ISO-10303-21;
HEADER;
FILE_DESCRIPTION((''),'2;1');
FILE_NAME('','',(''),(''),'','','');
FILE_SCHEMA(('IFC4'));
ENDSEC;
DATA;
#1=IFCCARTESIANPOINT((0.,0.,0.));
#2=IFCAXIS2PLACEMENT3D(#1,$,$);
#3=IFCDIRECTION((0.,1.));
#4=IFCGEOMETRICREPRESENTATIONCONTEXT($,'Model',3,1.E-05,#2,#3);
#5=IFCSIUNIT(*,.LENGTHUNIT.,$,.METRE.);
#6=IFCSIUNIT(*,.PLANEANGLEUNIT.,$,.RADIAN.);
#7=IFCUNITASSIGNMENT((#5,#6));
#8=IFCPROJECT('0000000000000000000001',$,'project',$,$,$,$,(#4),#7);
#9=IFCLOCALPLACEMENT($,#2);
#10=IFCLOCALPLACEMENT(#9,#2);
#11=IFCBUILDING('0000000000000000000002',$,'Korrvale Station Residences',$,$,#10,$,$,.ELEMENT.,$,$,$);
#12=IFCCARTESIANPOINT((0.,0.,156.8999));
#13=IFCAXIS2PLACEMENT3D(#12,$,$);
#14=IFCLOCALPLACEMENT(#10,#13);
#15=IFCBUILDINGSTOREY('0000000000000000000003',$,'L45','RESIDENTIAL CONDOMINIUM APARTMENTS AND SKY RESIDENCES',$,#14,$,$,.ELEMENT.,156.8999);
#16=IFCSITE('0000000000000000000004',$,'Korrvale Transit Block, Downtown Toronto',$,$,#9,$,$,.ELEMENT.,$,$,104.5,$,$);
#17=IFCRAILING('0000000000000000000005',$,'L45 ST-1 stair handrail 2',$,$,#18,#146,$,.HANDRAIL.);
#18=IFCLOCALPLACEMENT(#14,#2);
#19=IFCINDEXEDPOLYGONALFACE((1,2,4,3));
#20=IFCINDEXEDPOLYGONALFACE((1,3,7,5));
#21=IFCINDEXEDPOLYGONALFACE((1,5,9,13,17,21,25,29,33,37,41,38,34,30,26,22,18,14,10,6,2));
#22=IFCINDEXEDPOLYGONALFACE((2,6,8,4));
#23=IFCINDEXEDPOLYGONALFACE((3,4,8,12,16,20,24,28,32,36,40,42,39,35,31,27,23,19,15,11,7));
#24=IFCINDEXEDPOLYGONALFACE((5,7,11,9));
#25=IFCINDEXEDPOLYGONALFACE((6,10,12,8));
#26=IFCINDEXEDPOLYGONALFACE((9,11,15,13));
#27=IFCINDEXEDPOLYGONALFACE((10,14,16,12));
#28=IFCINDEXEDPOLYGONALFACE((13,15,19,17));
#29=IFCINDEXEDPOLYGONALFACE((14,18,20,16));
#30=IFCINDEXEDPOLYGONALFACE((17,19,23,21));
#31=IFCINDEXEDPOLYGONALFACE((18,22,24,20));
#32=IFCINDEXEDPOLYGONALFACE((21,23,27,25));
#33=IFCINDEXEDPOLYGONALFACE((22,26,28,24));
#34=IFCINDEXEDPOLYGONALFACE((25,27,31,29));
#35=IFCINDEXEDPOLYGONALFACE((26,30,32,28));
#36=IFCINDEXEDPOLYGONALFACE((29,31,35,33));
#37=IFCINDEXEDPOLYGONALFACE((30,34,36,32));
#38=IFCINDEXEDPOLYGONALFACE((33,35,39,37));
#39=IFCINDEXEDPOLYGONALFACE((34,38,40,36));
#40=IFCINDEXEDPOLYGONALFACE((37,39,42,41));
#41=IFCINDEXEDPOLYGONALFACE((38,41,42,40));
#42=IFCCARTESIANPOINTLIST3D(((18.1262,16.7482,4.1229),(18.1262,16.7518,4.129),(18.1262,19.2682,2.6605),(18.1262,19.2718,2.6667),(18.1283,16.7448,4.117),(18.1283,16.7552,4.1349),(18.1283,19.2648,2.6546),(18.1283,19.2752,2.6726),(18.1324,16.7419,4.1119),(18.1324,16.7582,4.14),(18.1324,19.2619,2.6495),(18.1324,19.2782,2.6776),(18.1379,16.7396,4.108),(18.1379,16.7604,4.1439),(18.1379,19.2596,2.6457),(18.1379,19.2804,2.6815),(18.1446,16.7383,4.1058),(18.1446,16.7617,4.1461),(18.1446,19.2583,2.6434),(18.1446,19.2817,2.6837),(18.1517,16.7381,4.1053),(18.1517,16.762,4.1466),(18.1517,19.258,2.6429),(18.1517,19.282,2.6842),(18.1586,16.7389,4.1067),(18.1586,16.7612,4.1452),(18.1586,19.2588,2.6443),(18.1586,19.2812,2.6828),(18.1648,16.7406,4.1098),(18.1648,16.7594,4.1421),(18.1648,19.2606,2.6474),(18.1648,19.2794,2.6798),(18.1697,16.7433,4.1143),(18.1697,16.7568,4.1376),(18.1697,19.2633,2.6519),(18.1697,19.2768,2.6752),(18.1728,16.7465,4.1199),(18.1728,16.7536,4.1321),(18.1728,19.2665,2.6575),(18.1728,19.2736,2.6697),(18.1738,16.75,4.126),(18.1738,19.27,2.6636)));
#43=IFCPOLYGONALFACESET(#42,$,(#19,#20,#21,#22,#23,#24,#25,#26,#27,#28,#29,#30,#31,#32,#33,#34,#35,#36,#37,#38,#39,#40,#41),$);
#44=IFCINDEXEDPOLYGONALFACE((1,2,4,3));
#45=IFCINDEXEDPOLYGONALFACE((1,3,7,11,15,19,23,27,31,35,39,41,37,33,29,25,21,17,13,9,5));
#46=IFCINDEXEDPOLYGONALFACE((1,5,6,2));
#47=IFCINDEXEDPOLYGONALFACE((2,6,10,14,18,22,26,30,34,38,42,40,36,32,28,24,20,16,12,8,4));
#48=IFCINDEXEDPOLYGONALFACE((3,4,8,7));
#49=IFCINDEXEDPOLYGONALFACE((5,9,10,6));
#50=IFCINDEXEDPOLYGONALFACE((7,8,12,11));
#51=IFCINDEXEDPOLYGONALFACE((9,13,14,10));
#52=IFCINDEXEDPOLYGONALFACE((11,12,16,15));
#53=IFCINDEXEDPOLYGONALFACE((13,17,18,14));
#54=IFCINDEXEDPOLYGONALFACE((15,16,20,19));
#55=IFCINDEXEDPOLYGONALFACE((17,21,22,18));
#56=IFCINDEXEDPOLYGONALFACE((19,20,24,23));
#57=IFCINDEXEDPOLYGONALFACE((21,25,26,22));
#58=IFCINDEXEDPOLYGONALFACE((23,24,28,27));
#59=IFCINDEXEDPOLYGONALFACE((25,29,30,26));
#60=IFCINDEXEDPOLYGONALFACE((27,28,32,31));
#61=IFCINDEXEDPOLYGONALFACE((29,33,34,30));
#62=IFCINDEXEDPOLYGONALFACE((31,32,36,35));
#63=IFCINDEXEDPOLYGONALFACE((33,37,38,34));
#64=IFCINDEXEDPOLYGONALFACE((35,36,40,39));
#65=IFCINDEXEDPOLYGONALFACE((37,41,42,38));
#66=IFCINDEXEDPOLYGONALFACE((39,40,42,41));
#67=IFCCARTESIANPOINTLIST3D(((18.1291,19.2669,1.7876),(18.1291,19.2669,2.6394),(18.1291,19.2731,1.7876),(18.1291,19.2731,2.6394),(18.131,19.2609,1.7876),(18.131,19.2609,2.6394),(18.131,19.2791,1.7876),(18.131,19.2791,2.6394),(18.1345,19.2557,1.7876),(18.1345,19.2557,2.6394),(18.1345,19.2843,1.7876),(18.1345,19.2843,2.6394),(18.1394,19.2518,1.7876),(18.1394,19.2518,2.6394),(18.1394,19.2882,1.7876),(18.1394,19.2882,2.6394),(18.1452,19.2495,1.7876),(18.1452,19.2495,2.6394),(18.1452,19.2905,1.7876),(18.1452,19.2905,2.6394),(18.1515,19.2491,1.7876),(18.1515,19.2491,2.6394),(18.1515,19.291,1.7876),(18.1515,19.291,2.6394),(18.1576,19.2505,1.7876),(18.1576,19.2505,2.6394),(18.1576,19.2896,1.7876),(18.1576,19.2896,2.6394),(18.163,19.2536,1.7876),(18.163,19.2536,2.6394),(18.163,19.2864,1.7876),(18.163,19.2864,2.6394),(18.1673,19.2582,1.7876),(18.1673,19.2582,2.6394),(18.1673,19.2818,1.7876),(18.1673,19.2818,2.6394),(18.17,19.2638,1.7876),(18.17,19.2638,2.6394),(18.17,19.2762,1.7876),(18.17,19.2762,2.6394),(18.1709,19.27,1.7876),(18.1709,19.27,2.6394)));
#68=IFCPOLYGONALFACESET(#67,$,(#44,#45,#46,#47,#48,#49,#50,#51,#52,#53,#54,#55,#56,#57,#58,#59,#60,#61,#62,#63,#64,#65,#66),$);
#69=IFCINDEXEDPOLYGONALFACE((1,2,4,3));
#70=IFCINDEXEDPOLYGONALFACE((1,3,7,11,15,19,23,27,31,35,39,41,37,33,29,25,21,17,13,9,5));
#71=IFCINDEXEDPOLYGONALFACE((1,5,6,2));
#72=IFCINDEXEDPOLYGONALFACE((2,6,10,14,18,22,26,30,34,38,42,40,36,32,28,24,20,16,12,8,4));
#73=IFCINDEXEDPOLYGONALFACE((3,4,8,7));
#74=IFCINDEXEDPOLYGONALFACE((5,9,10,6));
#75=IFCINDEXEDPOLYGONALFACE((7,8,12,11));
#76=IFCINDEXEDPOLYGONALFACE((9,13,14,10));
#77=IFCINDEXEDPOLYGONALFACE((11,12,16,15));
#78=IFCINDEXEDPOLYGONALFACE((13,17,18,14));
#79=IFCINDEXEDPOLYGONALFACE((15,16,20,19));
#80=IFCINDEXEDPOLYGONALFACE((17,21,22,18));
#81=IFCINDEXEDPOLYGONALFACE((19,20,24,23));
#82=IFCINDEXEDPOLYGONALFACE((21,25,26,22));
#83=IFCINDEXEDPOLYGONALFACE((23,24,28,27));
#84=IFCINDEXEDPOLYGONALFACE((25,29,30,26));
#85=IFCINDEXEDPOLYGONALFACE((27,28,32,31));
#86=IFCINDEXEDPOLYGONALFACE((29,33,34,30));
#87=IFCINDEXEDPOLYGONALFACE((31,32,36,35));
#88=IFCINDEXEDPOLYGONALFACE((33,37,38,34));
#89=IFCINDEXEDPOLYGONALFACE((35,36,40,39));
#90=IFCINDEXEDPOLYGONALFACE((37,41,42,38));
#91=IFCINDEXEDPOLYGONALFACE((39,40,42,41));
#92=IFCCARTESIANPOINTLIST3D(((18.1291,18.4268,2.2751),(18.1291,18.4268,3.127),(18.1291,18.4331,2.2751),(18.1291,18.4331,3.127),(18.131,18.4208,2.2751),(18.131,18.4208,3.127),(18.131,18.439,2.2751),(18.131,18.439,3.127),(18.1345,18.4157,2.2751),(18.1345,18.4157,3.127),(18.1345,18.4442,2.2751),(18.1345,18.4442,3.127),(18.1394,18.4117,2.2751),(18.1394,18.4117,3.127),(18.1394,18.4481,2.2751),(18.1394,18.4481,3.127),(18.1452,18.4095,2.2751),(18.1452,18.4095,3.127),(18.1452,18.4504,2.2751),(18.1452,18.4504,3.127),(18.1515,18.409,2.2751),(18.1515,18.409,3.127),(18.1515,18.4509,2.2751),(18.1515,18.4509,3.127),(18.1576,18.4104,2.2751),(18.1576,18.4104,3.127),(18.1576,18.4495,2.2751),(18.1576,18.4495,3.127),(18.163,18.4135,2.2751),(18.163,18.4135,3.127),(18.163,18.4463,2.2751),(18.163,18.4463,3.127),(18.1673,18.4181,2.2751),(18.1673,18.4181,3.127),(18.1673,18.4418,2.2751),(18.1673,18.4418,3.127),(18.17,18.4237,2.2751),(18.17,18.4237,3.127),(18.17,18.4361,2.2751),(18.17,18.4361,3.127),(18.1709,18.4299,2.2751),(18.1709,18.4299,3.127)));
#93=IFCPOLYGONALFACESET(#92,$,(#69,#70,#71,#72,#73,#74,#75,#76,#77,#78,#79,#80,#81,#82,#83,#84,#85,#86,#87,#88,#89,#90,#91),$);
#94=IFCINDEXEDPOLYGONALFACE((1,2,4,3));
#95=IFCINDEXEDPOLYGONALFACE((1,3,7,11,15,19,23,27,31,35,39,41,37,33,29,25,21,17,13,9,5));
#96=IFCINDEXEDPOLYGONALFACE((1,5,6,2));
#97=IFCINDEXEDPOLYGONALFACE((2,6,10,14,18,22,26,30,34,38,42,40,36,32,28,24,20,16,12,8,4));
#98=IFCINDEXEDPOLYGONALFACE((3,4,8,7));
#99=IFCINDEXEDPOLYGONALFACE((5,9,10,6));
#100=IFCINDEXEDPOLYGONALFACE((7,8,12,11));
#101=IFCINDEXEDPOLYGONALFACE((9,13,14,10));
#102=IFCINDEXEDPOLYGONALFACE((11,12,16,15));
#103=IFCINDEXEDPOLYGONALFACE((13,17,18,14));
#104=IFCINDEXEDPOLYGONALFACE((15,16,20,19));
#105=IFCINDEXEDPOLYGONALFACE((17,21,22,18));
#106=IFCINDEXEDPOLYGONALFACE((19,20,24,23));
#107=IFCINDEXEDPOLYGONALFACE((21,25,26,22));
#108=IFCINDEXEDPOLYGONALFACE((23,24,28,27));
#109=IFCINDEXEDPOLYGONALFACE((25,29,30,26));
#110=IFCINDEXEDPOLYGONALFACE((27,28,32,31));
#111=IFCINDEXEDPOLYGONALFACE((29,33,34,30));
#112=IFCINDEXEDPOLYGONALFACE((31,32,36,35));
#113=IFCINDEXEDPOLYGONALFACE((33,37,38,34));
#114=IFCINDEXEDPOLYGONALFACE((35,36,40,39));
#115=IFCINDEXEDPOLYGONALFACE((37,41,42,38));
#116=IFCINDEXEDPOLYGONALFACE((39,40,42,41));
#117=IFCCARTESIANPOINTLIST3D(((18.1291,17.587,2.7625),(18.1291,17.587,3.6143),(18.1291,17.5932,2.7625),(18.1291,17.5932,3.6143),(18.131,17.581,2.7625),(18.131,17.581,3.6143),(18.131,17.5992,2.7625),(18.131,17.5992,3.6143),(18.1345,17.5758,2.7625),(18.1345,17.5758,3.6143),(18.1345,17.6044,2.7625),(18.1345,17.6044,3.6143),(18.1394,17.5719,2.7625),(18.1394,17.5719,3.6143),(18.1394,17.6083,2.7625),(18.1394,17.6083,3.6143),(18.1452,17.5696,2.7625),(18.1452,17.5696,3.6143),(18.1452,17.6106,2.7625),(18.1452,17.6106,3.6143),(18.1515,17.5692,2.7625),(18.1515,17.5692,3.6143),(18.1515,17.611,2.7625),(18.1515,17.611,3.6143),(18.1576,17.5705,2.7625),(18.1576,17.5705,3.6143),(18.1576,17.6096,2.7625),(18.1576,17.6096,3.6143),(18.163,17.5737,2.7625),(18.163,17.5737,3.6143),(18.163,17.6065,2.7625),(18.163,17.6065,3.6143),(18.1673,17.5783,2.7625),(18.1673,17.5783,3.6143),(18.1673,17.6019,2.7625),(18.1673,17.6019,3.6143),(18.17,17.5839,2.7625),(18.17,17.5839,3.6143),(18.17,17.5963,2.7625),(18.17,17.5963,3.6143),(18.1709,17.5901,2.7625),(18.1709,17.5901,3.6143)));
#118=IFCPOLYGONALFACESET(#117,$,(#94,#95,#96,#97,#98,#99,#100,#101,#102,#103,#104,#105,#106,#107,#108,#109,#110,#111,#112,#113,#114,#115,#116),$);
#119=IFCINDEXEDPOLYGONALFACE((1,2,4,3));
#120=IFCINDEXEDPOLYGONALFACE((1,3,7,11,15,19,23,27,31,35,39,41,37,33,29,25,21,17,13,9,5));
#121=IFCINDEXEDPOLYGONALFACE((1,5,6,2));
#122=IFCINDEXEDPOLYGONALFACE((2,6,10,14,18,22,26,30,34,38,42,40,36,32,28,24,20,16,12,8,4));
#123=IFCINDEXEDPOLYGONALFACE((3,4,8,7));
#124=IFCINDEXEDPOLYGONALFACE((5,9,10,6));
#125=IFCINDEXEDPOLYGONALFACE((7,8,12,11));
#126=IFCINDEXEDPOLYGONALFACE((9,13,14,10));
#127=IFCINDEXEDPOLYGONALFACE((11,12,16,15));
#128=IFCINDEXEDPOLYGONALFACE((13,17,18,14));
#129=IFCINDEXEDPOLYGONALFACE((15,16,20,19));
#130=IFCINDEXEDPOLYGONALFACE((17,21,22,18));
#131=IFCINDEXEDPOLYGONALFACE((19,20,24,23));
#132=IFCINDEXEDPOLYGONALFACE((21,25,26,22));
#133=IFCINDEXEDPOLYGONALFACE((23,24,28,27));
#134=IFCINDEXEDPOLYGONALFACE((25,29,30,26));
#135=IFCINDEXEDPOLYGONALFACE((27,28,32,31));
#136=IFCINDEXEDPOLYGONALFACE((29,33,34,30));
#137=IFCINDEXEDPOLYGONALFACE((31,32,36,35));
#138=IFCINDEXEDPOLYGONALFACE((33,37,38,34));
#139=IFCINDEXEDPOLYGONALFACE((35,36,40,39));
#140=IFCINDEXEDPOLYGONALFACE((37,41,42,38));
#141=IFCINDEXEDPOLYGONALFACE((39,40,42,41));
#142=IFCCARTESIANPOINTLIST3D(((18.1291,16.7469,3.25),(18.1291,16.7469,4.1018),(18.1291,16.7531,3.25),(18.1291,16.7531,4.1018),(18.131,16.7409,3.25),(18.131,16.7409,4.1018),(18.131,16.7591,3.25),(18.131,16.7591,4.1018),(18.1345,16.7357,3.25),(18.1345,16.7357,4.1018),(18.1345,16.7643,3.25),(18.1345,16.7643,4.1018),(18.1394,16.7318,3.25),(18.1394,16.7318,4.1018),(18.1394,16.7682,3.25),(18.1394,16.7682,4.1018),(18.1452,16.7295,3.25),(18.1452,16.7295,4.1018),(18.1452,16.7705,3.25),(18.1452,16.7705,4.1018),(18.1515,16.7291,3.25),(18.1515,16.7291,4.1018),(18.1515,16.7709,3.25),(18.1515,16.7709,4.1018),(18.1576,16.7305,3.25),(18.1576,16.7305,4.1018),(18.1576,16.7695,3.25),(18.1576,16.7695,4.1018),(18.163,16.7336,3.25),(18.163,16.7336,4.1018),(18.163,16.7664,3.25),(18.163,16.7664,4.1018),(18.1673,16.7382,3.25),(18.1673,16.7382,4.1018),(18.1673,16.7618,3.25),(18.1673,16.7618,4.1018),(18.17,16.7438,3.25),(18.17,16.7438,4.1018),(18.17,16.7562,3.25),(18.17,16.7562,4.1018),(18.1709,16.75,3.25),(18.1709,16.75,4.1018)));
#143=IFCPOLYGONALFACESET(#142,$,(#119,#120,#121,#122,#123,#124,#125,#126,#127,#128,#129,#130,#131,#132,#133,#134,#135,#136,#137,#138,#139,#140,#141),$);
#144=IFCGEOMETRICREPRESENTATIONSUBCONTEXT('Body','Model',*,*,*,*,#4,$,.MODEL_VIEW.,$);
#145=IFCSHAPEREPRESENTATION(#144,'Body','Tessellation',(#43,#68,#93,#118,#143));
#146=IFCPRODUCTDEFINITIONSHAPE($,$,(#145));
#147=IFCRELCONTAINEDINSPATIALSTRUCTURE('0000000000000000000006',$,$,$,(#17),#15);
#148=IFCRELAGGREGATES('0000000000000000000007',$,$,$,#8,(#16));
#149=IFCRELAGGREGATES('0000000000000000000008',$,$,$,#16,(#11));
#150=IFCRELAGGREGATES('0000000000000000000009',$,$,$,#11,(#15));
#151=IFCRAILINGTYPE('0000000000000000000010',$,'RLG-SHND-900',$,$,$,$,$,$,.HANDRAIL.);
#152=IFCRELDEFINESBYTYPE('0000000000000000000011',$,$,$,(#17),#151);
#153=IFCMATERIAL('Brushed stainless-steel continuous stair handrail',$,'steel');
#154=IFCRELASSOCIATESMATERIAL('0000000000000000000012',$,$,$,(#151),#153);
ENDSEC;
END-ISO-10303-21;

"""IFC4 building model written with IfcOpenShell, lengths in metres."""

from ifc_helpers import new_model, si_unit, direction, frame, origin, origin_2d, place, context, subcontext, project, spatial, circle, extrude, material, type_object, element, save


model = new_model("IFC4")

# Units and contexts
model_context = context("Model", 3, precision=1e-05, world=origin(), true_north=direction((0.0, 1.0)))
body_context = subcontext(model_context, "Body", "Model", "MODEL_VIEW")
ifc_project = project(units=[si_unit("LENGTHUNIT", "METRE"), si_unit("PLANEANGLEUNIT", "RADIAN")], contexts=[model_context])

# Site, building, storey
site_placement = place(None, origin())
site = spatial("IfcSite", under=ifc_project, at=site_placement, Name="Korrvale Transit Block, Downtown Toronto", CompositionType="ELEMENT", RefElevation=104.5)
building_placement = place(site_placement, origin())
building = spatial("IfcBuilding", under=site, at=building_placement, Name="Korrvale Station Residences", CompositionType="ELEMENT")
storey_placement = place(building_placement, frame((0.0, 0.0, 156.8999)))
storey = spatial("IfcBuildingStorey", under=building, at=storey_placement, Name="L45", Description="RESIDENTIAL CONDOMINIUM APARTMENTS AND SKY RESIDENCES", CompositionType="ELEMENT", Elevation=156.8999)

# Railing
ifc_material_1 = material(Name="Brushed stainless-steel continuous stair handrail", Category="steel")
railing_type_1 = type_object("IfcRailingType", Name="RLG-SHND-900", PredefinedType="HANDRAIL", material=ifc_material_1)
railing_1_placement = place(storey_placement, frame((18.1499, 19.27, 1.7876)))
element("IfcRailing", 1, at=railing_1_placement, inside=storey, type_object=railing_type_1, Name="L45 ST-1 stair handrail 2", PredefinedType="HANDRAIL", context=body_context, shape_type="SweptSolid", body=[
    extrude(circle(Radius=0.0239, at=origin_2d()), frame((0.0, 0.0, 0.876), z_axis=(0.0, -0.864913, 0.501921), x_axis=(1.0, 0.0, 0.0)), (0.0, 0.0, 1.0), 2.9136),
    extrude(circle(Radius=0.021, at=origin_2d()), origin(), (0.0, 0.0, 1.0), 0.8518),
    extrude(circle(Radius=0.021, at=origin_2d()), frame((0.0, -0.8401, 0.4875)), (0.0, 0.0, 1.0), 0.8518),
    extrude(circle(Radius=0.021, at=origin_2d()), frame((0.0, -1.6799, 0.9749)), (0.0, 0.0, 1.0), 0.8518),
    extrude(circle(Radius=0.021, at=origin_2d()), frame((0.0, -2.52, 1.4624)), (0.0, 0.0, 1.0), 0.8518),
])

save(model, "model.ifc")
